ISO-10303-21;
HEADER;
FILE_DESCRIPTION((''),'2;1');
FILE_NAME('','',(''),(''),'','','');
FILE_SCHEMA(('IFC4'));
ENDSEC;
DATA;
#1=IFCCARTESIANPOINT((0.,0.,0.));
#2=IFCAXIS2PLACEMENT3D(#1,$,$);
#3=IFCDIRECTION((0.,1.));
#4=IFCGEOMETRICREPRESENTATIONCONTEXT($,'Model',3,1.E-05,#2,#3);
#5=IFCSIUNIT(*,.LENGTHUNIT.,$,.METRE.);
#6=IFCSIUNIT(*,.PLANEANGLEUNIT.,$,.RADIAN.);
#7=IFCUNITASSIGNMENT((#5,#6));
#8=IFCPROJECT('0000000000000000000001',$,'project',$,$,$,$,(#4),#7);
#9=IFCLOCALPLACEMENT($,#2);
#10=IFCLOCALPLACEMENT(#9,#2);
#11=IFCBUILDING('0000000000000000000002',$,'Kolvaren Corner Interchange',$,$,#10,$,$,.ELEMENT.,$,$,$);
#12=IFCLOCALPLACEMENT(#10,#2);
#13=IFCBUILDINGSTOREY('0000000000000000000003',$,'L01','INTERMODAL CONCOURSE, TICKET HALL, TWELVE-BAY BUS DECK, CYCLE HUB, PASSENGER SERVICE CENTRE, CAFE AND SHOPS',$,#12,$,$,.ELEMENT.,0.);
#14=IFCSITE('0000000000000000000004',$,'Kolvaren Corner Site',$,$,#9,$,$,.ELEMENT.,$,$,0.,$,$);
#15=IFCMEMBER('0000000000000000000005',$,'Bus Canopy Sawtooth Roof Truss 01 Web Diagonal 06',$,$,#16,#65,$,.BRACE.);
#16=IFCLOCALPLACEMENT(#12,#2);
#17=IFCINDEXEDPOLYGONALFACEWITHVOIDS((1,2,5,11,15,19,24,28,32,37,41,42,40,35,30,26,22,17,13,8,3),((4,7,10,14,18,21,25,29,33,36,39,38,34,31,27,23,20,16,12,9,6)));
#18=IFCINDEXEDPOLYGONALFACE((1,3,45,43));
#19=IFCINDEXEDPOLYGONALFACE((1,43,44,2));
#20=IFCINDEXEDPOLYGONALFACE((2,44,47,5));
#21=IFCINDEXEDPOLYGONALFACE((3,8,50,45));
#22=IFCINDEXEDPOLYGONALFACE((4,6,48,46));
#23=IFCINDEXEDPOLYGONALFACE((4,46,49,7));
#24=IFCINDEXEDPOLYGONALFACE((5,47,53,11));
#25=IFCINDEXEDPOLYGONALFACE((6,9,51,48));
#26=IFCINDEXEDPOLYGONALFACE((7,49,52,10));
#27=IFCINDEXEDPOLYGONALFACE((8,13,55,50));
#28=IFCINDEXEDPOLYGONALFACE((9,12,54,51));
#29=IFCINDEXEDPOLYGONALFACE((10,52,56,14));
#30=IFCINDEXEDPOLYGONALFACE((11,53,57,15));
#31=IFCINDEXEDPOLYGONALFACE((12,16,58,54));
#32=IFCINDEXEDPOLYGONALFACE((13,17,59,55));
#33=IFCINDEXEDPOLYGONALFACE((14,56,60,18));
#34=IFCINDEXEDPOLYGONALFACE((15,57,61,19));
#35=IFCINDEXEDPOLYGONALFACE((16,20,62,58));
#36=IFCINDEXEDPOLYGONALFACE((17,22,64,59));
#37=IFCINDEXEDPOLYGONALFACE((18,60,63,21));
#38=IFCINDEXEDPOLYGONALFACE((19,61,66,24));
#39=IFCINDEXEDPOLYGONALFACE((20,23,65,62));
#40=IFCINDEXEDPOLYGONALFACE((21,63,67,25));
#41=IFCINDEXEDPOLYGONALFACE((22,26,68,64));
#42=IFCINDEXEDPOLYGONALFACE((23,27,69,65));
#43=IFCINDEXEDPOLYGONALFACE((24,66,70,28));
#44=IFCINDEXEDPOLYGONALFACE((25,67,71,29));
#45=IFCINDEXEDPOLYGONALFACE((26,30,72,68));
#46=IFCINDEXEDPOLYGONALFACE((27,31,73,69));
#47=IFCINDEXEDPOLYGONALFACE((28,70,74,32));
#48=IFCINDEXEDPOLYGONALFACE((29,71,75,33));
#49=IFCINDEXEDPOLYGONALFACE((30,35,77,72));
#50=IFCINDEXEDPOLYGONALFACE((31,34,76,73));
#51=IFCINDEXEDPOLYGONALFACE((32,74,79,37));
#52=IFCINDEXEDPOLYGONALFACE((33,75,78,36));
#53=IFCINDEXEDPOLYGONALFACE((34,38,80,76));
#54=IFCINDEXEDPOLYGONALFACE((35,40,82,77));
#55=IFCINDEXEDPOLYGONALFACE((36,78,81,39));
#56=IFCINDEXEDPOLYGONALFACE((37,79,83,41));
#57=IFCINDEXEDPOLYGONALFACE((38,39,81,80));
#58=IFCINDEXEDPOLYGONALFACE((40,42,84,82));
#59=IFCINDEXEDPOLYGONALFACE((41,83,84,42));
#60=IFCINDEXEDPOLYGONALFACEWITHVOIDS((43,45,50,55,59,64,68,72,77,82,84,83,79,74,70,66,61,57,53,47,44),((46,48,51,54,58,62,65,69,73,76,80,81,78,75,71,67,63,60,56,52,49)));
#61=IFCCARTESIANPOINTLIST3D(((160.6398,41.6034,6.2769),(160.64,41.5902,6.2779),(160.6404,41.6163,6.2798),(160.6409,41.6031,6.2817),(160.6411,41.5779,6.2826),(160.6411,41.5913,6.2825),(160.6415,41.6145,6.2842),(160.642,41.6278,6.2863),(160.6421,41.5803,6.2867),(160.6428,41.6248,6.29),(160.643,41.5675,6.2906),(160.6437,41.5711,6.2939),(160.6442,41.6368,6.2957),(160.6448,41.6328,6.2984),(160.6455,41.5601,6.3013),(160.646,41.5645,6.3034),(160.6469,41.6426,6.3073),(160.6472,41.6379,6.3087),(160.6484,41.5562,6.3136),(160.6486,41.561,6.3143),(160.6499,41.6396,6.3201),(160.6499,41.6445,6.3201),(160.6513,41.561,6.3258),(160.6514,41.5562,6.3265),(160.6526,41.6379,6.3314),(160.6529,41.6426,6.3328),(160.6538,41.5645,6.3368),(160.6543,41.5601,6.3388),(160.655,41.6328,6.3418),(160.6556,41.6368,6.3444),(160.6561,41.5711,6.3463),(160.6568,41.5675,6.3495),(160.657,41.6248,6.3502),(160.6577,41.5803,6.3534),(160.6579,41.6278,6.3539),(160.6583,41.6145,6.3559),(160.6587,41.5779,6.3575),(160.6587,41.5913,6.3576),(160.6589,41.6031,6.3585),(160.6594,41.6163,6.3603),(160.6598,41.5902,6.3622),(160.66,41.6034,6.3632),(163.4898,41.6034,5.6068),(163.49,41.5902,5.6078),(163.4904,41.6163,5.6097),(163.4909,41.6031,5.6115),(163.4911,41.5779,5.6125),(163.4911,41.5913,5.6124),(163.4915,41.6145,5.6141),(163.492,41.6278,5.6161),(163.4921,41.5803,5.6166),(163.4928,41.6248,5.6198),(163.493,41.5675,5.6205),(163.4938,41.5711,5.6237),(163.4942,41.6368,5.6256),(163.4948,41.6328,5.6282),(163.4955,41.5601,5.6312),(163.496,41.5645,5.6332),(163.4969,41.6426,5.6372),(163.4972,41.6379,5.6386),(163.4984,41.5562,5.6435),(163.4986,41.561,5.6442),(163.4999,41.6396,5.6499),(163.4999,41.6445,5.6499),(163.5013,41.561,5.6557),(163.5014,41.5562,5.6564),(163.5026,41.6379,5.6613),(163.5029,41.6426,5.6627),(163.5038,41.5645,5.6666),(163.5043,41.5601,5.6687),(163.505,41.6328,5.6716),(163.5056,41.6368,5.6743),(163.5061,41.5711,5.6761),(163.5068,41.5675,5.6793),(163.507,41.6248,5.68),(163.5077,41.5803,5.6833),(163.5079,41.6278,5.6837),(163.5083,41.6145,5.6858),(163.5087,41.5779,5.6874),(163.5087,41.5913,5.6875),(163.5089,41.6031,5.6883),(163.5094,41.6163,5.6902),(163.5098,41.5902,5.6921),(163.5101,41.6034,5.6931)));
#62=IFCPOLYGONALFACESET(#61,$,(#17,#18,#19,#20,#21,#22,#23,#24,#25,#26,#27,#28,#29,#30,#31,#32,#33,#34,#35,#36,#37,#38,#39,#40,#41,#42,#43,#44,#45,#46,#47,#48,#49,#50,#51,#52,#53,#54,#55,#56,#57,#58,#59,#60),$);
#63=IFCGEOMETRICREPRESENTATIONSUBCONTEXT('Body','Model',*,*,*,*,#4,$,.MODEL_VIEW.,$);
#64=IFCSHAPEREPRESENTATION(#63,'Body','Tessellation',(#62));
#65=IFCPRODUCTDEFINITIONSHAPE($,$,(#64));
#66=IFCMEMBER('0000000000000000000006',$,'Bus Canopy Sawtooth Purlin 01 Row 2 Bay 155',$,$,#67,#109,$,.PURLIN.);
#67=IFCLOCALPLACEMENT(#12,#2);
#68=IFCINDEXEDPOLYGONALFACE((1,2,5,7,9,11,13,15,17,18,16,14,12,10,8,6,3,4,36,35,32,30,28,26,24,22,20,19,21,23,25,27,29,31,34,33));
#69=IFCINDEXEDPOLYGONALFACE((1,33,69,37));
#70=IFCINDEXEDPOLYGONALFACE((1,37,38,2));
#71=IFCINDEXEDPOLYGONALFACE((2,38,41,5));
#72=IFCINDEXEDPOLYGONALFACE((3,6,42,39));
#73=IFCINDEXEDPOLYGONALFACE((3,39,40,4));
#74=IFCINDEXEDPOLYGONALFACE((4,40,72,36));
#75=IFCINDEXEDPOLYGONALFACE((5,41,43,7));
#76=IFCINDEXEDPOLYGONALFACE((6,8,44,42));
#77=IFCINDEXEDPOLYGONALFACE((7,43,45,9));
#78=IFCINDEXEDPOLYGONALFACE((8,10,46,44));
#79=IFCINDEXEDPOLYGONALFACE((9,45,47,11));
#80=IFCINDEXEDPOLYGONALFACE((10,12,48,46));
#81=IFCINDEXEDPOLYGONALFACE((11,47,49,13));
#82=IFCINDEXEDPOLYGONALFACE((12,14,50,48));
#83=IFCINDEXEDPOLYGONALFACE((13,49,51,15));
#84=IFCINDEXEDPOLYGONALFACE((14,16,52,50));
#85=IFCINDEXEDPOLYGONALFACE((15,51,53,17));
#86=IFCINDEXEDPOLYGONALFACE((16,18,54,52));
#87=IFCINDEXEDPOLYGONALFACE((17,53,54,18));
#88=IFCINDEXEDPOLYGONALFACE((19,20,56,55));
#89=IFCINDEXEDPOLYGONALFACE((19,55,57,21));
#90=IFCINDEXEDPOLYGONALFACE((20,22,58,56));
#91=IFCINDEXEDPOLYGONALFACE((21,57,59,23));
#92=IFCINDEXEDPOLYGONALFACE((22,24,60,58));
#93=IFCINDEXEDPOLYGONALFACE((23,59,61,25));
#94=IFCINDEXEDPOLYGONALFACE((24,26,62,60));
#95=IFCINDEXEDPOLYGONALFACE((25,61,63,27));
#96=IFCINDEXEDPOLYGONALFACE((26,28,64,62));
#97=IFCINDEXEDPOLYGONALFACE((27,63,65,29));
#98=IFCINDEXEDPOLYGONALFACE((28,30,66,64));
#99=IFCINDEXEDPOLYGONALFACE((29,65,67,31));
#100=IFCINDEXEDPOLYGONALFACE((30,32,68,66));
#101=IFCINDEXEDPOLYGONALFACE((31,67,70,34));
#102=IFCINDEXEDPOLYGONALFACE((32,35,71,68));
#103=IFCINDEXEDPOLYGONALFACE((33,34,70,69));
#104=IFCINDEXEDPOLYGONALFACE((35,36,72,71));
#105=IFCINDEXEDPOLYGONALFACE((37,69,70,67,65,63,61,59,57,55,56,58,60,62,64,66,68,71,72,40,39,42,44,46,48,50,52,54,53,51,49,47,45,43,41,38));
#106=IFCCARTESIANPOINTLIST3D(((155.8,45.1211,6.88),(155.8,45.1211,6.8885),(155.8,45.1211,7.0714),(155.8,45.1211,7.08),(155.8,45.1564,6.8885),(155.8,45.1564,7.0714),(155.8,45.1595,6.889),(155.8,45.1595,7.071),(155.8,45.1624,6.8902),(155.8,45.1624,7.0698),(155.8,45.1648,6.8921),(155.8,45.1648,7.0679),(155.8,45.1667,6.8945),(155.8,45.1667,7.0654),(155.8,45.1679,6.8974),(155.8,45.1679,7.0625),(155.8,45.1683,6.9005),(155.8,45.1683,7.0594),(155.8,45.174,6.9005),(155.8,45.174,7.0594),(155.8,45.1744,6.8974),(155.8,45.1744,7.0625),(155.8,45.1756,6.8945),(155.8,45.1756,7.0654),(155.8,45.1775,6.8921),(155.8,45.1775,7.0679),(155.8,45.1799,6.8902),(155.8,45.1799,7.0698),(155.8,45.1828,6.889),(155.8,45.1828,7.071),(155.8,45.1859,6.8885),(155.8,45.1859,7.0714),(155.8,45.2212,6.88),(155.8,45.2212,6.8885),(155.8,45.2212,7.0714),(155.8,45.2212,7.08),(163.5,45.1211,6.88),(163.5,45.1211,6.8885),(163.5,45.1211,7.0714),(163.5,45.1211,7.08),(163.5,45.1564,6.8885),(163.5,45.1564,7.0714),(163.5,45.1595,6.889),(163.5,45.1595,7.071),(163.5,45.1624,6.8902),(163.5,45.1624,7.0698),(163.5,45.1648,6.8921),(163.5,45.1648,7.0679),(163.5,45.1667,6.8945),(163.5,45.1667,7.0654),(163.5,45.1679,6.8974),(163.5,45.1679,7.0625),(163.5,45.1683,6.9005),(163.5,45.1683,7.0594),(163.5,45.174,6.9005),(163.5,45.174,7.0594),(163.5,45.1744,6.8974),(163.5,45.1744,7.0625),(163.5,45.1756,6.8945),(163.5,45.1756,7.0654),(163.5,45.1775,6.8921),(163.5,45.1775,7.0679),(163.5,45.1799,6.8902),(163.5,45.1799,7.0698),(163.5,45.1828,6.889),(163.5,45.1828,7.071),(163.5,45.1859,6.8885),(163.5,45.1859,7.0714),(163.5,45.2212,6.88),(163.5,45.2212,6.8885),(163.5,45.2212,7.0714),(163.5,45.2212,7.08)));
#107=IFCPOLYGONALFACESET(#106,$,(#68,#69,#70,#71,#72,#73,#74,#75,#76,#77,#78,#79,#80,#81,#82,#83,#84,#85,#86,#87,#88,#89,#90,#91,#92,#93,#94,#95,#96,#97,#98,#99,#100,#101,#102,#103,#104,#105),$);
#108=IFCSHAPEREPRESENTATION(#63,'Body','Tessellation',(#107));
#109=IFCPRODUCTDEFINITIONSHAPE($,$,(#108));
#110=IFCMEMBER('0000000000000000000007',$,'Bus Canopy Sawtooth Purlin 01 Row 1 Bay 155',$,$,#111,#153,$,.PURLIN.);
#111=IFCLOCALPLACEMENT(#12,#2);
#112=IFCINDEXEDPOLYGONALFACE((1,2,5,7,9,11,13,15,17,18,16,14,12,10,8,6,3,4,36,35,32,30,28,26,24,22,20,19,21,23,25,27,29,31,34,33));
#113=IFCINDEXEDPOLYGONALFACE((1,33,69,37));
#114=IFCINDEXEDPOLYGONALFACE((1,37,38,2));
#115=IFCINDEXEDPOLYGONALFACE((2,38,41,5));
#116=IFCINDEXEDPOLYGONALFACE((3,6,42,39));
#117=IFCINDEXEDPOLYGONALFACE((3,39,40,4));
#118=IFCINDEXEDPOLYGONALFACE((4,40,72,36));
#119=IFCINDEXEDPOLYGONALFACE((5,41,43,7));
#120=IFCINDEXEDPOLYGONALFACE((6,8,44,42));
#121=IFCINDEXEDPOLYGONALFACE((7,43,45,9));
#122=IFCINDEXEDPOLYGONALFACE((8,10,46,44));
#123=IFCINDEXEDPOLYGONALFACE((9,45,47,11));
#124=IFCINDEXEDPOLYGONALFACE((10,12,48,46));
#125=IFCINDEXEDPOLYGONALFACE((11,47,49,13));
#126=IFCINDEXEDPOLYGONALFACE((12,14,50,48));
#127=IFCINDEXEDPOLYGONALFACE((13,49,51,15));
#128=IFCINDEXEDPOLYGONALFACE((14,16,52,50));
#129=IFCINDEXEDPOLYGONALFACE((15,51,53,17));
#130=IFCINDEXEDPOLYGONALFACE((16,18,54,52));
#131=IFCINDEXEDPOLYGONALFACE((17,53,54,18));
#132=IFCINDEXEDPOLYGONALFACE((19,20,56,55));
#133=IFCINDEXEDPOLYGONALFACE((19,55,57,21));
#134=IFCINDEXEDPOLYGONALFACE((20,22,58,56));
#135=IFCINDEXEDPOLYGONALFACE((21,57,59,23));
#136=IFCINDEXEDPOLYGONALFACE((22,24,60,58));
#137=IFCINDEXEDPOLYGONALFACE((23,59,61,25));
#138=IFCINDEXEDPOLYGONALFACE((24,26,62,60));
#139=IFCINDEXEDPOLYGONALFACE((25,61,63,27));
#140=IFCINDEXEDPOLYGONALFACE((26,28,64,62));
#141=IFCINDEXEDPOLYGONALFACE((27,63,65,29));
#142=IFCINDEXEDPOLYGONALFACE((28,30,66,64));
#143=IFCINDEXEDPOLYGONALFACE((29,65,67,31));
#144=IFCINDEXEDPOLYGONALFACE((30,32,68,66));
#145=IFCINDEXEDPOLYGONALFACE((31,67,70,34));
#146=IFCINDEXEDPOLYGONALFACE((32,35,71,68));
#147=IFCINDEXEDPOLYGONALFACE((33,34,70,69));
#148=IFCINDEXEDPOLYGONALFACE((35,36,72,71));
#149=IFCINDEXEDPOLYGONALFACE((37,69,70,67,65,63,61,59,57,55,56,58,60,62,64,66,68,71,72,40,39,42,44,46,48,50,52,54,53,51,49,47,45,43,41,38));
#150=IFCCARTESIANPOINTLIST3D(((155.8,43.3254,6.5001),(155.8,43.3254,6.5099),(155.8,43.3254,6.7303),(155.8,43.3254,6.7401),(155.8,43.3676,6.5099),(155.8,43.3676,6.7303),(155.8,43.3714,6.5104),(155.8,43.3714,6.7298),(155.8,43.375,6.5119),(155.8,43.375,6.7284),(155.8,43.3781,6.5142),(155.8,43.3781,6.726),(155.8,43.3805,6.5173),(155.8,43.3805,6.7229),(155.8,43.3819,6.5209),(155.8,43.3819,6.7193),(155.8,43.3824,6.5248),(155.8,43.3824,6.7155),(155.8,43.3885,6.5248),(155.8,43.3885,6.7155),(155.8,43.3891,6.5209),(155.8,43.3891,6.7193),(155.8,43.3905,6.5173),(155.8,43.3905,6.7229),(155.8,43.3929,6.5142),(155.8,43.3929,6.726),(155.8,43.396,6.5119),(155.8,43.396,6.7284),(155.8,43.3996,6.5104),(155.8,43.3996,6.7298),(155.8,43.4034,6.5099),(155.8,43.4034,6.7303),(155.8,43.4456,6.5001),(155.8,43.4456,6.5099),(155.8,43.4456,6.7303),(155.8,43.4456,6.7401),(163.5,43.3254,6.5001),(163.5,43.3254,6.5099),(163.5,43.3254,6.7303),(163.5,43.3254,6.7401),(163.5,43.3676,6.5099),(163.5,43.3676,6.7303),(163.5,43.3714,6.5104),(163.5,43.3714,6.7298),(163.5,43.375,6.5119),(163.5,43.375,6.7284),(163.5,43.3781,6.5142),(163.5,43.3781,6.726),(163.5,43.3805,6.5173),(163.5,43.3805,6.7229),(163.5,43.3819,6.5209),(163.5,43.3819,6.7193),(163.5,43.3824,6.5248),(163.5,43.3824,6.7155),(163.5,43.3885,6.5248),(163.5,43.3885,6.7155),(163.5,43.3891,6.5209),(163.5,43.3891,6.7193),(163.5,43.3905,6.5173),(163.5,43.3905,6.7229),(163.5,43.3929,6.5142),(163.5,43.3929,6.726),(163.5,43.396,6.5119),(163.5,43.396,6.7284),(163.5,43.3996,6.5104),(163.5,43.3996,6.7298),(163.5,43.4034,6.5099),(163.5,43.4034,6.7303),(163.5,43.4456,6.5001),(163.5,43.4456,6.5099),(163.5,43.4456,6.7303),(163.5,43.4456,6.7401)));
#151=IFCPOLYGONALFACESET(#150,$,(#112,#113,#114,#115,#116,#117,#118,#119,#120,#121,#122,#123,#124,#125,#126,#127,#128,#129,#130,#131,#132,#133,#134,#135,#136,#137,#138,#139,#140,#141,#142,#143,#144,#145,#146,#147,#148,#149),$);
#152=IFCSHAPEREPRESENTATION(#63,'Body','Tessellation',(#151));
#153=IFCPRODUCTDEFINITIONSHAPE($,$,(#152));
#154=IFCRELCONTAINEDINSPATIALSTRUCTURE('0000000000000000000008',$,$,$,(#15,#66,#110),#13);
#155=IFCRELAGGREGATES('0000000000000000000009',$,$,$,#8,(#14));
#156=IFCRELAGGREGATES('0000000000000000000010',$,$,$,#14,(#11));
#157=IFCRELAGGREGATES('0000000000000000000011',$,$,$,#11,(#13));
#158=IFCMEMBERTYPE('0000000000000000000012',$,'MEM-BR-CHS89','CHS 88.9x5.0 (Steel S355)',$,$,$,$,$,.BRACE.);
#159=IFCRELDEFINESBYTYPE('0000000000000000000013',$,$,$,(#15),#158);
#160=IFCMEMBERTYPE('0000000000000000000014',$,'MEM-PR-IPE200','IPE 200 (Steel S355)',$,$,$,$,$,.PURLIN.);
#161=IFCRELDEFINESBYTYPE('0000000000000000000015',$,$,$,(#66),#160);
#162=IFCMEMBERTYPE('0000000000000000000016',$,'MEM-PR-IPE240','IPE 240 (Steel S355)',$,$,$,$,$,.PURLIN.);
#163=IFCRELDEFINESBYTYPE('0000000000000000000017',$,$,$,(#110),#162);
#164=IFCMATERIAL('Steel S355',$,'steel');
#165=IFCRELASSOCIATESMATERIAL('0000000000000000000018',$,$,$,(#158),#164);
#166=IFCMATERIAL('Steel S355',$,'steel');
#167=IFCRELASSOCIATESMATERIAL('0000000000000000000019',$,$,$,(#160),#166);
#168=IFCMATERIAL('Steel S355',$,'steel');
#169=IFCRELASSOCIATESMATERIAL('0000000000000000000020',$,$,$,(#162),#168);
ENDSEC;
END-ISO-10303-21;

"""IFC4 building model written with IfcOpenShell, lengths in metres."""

from ifc_helpers import new_model, si_unit, direction, frame, origin, origin_2d, place, context, subcontext, project, spatial, hollow_circle, i_section, extrude, material, material_profile, profile_set, type_object, element, save


model = new_model("IFC4")

# Units and contexts
model_context = context("Model", 3, precision=1e-05, world=origin(), true_north=direction((0.0, 1.0)))
body_context = subcontext(model_context, "Body", "Model", "MODEL_VIEW")
ifc_project = project(units=[si_unit("LENGTHUNIT", "METRE"), si_unit("PLANEANGLEUNIT", "RADIAN")], contexts=[model_context])

# Site, building, storey
site_placement = place(None, origin())
site = spatial("IfcSite", under=ifc_project, at=site_placement, Name="Kolvaren Corner Site", CompositionType="ELEMENT", RefElevation=0.0)
building_placement = place(site_placement, origin())
building = spatial("IfcBuilding", under=site, at=building_placement, Name="Kolvaren Corner Interchange", CompositionType="ELEMENT")
storey_placement = place(building_placement, origin())
storey = spatial("IfcBuildingStorey", under=building, at=storey_placement, Name="L01", Description="INTERMODAL CONCOURSE, TICKET HALL, TWELVE-BAY BUS DECK, CYCLE HUB, PASSENGER SERVICE CENTRE, CAFE AND SHOPS", CompositionType="ELEMENT", Elevation=0.0)

# Members
ifc_material_1 = material(Name="Steel S355", Category="steel")
ifc_material_profile_1 = material_profile(ifc_material_1, hollow_circle(Radius=0.0444, WallThickness=0.0049, at=origin_2d()), Name="CHS 88.9x5.0")
ifc_profile_set_1 = profile_set([ifc_material_profile_1], Name="Steel S355")
member_type_1 = type_object("IfcMemberType", Name="MEM-BR-CHS89", Description="CHS 88.9x5.0 (Steel S355)", PredefinedType="BRACE", material=ifc_profile_set_1)
member_1_placement = place(storey_placement, frame((160.6499, 41.6001, 6.3201), z_axis=(0.973451, 0.0, -0.228895), x_axis=(0.0, 1.0, 0.0)))
element("IfcMember", 1, at=member_1_placement, inside=storey, type_object=member_type_1, Name="Bus Canopy Sawtooth Roof Truss 01 Web Diagonal 06", PredefinedType="BRACE", context=body_context, shape_type="SweptSolid", body=[
    extrude(hollow_circle(Radius=0.0444, WallThickness=0.0049, at=origin_2d()), origin(), (0.0, 0.0, 1.0), 2.9277),
])
ifc_material_2 = material(Name="Steel S355", Category="steel")
ifc_material_profile_2 = material_profile(ifc_material_2, i_section(OverallWidth=0.1001, OverallDepth=0.2, WebThickness=0.0056, FlangeThickness=0.0085, FilletRadius=0.012, at=origin_2d()), Name="IPE 200")
ifc_profile_set_2 = profile_set([ifc_material_profile_2], Name="Steel S355")
member_type_2 = type_object("IfcMemberType", Name="MEM-PR-IPE200", Description="IPE 200 (Steel S355)", PredefinedType="PURLIN", material=ifc_profile_set_2)
member_2_placement = place(storey_placement, frame((155.8, 45.1711, 6.98), z_axis=(1.0, 0.0, 0.0), x_axis=(0.0, 1.0, 0.0)))
element("IfcMember", 2, at=member_2_placement, inside=storey, type_object=member_type_2, Name="Bus Canopy Sawtooth Purlin 01 Row 2 Bay 155", PredefinedType="PURLIN", context=body_context, shape_type="SweptSolid", body=[
    extrude(i_section(OverallWidth=0.1001, OverallDepth=0.2, WebThickness=0.0056, FlangeThickness=0.0085, FilletRadius=0.012, at=origin_2d()), origin(), (0.0, 0.0, 1.0), 7.7),
])
ifc_material_3 = material(Name="Steel S355", Category="steel")
ifc_material_profile_3 = material_profile(ifc_material_3, i_section(OverallWidth=0.1201, OverallDepth=0.24, WebThickness=0.0061, FlangeThickness=0.0098, FilletRadius=0.0149, at=origin_2d()), Name="IPE 240")
ifc_profile_set_3 = profile_set([ifc_material_profile_3], Name="Steel S355")
member_type_3 = type_object("IfcMemberType", Name="MEM-PR-IPE240", Description="IPE 240 (Steel S355)", PredefinedType="PURLIN", material=ifc_profile_set_3)
member_3_placement = place(storey_placement, frame((155.8, 43.3855, 6.6201), z_axis=(1.0, 0.0, 0.0), x_axis=(0.0, 1.0, 0.0)))
element("IfcMember", 3, at=member_3_placement, inside=storey, type_object=member_type_3, Name="Bus Canopy Sawtooth Purlin 01 Row 1 Bay 155", PredefinedType="PURLIN", context=body_context, shape_type="SweptSolid", body=[
    extrude(i_section(OverallWidth=0.1201, OverallDepth=0.24, WebThickness=0.0061, FlangeThickness=0.0098, FilletRadius=0.0149, at=origin_2d()), origin(), (0.0, 0.0, 1.0), 7.7),
])

save(model, "model.ifc")
